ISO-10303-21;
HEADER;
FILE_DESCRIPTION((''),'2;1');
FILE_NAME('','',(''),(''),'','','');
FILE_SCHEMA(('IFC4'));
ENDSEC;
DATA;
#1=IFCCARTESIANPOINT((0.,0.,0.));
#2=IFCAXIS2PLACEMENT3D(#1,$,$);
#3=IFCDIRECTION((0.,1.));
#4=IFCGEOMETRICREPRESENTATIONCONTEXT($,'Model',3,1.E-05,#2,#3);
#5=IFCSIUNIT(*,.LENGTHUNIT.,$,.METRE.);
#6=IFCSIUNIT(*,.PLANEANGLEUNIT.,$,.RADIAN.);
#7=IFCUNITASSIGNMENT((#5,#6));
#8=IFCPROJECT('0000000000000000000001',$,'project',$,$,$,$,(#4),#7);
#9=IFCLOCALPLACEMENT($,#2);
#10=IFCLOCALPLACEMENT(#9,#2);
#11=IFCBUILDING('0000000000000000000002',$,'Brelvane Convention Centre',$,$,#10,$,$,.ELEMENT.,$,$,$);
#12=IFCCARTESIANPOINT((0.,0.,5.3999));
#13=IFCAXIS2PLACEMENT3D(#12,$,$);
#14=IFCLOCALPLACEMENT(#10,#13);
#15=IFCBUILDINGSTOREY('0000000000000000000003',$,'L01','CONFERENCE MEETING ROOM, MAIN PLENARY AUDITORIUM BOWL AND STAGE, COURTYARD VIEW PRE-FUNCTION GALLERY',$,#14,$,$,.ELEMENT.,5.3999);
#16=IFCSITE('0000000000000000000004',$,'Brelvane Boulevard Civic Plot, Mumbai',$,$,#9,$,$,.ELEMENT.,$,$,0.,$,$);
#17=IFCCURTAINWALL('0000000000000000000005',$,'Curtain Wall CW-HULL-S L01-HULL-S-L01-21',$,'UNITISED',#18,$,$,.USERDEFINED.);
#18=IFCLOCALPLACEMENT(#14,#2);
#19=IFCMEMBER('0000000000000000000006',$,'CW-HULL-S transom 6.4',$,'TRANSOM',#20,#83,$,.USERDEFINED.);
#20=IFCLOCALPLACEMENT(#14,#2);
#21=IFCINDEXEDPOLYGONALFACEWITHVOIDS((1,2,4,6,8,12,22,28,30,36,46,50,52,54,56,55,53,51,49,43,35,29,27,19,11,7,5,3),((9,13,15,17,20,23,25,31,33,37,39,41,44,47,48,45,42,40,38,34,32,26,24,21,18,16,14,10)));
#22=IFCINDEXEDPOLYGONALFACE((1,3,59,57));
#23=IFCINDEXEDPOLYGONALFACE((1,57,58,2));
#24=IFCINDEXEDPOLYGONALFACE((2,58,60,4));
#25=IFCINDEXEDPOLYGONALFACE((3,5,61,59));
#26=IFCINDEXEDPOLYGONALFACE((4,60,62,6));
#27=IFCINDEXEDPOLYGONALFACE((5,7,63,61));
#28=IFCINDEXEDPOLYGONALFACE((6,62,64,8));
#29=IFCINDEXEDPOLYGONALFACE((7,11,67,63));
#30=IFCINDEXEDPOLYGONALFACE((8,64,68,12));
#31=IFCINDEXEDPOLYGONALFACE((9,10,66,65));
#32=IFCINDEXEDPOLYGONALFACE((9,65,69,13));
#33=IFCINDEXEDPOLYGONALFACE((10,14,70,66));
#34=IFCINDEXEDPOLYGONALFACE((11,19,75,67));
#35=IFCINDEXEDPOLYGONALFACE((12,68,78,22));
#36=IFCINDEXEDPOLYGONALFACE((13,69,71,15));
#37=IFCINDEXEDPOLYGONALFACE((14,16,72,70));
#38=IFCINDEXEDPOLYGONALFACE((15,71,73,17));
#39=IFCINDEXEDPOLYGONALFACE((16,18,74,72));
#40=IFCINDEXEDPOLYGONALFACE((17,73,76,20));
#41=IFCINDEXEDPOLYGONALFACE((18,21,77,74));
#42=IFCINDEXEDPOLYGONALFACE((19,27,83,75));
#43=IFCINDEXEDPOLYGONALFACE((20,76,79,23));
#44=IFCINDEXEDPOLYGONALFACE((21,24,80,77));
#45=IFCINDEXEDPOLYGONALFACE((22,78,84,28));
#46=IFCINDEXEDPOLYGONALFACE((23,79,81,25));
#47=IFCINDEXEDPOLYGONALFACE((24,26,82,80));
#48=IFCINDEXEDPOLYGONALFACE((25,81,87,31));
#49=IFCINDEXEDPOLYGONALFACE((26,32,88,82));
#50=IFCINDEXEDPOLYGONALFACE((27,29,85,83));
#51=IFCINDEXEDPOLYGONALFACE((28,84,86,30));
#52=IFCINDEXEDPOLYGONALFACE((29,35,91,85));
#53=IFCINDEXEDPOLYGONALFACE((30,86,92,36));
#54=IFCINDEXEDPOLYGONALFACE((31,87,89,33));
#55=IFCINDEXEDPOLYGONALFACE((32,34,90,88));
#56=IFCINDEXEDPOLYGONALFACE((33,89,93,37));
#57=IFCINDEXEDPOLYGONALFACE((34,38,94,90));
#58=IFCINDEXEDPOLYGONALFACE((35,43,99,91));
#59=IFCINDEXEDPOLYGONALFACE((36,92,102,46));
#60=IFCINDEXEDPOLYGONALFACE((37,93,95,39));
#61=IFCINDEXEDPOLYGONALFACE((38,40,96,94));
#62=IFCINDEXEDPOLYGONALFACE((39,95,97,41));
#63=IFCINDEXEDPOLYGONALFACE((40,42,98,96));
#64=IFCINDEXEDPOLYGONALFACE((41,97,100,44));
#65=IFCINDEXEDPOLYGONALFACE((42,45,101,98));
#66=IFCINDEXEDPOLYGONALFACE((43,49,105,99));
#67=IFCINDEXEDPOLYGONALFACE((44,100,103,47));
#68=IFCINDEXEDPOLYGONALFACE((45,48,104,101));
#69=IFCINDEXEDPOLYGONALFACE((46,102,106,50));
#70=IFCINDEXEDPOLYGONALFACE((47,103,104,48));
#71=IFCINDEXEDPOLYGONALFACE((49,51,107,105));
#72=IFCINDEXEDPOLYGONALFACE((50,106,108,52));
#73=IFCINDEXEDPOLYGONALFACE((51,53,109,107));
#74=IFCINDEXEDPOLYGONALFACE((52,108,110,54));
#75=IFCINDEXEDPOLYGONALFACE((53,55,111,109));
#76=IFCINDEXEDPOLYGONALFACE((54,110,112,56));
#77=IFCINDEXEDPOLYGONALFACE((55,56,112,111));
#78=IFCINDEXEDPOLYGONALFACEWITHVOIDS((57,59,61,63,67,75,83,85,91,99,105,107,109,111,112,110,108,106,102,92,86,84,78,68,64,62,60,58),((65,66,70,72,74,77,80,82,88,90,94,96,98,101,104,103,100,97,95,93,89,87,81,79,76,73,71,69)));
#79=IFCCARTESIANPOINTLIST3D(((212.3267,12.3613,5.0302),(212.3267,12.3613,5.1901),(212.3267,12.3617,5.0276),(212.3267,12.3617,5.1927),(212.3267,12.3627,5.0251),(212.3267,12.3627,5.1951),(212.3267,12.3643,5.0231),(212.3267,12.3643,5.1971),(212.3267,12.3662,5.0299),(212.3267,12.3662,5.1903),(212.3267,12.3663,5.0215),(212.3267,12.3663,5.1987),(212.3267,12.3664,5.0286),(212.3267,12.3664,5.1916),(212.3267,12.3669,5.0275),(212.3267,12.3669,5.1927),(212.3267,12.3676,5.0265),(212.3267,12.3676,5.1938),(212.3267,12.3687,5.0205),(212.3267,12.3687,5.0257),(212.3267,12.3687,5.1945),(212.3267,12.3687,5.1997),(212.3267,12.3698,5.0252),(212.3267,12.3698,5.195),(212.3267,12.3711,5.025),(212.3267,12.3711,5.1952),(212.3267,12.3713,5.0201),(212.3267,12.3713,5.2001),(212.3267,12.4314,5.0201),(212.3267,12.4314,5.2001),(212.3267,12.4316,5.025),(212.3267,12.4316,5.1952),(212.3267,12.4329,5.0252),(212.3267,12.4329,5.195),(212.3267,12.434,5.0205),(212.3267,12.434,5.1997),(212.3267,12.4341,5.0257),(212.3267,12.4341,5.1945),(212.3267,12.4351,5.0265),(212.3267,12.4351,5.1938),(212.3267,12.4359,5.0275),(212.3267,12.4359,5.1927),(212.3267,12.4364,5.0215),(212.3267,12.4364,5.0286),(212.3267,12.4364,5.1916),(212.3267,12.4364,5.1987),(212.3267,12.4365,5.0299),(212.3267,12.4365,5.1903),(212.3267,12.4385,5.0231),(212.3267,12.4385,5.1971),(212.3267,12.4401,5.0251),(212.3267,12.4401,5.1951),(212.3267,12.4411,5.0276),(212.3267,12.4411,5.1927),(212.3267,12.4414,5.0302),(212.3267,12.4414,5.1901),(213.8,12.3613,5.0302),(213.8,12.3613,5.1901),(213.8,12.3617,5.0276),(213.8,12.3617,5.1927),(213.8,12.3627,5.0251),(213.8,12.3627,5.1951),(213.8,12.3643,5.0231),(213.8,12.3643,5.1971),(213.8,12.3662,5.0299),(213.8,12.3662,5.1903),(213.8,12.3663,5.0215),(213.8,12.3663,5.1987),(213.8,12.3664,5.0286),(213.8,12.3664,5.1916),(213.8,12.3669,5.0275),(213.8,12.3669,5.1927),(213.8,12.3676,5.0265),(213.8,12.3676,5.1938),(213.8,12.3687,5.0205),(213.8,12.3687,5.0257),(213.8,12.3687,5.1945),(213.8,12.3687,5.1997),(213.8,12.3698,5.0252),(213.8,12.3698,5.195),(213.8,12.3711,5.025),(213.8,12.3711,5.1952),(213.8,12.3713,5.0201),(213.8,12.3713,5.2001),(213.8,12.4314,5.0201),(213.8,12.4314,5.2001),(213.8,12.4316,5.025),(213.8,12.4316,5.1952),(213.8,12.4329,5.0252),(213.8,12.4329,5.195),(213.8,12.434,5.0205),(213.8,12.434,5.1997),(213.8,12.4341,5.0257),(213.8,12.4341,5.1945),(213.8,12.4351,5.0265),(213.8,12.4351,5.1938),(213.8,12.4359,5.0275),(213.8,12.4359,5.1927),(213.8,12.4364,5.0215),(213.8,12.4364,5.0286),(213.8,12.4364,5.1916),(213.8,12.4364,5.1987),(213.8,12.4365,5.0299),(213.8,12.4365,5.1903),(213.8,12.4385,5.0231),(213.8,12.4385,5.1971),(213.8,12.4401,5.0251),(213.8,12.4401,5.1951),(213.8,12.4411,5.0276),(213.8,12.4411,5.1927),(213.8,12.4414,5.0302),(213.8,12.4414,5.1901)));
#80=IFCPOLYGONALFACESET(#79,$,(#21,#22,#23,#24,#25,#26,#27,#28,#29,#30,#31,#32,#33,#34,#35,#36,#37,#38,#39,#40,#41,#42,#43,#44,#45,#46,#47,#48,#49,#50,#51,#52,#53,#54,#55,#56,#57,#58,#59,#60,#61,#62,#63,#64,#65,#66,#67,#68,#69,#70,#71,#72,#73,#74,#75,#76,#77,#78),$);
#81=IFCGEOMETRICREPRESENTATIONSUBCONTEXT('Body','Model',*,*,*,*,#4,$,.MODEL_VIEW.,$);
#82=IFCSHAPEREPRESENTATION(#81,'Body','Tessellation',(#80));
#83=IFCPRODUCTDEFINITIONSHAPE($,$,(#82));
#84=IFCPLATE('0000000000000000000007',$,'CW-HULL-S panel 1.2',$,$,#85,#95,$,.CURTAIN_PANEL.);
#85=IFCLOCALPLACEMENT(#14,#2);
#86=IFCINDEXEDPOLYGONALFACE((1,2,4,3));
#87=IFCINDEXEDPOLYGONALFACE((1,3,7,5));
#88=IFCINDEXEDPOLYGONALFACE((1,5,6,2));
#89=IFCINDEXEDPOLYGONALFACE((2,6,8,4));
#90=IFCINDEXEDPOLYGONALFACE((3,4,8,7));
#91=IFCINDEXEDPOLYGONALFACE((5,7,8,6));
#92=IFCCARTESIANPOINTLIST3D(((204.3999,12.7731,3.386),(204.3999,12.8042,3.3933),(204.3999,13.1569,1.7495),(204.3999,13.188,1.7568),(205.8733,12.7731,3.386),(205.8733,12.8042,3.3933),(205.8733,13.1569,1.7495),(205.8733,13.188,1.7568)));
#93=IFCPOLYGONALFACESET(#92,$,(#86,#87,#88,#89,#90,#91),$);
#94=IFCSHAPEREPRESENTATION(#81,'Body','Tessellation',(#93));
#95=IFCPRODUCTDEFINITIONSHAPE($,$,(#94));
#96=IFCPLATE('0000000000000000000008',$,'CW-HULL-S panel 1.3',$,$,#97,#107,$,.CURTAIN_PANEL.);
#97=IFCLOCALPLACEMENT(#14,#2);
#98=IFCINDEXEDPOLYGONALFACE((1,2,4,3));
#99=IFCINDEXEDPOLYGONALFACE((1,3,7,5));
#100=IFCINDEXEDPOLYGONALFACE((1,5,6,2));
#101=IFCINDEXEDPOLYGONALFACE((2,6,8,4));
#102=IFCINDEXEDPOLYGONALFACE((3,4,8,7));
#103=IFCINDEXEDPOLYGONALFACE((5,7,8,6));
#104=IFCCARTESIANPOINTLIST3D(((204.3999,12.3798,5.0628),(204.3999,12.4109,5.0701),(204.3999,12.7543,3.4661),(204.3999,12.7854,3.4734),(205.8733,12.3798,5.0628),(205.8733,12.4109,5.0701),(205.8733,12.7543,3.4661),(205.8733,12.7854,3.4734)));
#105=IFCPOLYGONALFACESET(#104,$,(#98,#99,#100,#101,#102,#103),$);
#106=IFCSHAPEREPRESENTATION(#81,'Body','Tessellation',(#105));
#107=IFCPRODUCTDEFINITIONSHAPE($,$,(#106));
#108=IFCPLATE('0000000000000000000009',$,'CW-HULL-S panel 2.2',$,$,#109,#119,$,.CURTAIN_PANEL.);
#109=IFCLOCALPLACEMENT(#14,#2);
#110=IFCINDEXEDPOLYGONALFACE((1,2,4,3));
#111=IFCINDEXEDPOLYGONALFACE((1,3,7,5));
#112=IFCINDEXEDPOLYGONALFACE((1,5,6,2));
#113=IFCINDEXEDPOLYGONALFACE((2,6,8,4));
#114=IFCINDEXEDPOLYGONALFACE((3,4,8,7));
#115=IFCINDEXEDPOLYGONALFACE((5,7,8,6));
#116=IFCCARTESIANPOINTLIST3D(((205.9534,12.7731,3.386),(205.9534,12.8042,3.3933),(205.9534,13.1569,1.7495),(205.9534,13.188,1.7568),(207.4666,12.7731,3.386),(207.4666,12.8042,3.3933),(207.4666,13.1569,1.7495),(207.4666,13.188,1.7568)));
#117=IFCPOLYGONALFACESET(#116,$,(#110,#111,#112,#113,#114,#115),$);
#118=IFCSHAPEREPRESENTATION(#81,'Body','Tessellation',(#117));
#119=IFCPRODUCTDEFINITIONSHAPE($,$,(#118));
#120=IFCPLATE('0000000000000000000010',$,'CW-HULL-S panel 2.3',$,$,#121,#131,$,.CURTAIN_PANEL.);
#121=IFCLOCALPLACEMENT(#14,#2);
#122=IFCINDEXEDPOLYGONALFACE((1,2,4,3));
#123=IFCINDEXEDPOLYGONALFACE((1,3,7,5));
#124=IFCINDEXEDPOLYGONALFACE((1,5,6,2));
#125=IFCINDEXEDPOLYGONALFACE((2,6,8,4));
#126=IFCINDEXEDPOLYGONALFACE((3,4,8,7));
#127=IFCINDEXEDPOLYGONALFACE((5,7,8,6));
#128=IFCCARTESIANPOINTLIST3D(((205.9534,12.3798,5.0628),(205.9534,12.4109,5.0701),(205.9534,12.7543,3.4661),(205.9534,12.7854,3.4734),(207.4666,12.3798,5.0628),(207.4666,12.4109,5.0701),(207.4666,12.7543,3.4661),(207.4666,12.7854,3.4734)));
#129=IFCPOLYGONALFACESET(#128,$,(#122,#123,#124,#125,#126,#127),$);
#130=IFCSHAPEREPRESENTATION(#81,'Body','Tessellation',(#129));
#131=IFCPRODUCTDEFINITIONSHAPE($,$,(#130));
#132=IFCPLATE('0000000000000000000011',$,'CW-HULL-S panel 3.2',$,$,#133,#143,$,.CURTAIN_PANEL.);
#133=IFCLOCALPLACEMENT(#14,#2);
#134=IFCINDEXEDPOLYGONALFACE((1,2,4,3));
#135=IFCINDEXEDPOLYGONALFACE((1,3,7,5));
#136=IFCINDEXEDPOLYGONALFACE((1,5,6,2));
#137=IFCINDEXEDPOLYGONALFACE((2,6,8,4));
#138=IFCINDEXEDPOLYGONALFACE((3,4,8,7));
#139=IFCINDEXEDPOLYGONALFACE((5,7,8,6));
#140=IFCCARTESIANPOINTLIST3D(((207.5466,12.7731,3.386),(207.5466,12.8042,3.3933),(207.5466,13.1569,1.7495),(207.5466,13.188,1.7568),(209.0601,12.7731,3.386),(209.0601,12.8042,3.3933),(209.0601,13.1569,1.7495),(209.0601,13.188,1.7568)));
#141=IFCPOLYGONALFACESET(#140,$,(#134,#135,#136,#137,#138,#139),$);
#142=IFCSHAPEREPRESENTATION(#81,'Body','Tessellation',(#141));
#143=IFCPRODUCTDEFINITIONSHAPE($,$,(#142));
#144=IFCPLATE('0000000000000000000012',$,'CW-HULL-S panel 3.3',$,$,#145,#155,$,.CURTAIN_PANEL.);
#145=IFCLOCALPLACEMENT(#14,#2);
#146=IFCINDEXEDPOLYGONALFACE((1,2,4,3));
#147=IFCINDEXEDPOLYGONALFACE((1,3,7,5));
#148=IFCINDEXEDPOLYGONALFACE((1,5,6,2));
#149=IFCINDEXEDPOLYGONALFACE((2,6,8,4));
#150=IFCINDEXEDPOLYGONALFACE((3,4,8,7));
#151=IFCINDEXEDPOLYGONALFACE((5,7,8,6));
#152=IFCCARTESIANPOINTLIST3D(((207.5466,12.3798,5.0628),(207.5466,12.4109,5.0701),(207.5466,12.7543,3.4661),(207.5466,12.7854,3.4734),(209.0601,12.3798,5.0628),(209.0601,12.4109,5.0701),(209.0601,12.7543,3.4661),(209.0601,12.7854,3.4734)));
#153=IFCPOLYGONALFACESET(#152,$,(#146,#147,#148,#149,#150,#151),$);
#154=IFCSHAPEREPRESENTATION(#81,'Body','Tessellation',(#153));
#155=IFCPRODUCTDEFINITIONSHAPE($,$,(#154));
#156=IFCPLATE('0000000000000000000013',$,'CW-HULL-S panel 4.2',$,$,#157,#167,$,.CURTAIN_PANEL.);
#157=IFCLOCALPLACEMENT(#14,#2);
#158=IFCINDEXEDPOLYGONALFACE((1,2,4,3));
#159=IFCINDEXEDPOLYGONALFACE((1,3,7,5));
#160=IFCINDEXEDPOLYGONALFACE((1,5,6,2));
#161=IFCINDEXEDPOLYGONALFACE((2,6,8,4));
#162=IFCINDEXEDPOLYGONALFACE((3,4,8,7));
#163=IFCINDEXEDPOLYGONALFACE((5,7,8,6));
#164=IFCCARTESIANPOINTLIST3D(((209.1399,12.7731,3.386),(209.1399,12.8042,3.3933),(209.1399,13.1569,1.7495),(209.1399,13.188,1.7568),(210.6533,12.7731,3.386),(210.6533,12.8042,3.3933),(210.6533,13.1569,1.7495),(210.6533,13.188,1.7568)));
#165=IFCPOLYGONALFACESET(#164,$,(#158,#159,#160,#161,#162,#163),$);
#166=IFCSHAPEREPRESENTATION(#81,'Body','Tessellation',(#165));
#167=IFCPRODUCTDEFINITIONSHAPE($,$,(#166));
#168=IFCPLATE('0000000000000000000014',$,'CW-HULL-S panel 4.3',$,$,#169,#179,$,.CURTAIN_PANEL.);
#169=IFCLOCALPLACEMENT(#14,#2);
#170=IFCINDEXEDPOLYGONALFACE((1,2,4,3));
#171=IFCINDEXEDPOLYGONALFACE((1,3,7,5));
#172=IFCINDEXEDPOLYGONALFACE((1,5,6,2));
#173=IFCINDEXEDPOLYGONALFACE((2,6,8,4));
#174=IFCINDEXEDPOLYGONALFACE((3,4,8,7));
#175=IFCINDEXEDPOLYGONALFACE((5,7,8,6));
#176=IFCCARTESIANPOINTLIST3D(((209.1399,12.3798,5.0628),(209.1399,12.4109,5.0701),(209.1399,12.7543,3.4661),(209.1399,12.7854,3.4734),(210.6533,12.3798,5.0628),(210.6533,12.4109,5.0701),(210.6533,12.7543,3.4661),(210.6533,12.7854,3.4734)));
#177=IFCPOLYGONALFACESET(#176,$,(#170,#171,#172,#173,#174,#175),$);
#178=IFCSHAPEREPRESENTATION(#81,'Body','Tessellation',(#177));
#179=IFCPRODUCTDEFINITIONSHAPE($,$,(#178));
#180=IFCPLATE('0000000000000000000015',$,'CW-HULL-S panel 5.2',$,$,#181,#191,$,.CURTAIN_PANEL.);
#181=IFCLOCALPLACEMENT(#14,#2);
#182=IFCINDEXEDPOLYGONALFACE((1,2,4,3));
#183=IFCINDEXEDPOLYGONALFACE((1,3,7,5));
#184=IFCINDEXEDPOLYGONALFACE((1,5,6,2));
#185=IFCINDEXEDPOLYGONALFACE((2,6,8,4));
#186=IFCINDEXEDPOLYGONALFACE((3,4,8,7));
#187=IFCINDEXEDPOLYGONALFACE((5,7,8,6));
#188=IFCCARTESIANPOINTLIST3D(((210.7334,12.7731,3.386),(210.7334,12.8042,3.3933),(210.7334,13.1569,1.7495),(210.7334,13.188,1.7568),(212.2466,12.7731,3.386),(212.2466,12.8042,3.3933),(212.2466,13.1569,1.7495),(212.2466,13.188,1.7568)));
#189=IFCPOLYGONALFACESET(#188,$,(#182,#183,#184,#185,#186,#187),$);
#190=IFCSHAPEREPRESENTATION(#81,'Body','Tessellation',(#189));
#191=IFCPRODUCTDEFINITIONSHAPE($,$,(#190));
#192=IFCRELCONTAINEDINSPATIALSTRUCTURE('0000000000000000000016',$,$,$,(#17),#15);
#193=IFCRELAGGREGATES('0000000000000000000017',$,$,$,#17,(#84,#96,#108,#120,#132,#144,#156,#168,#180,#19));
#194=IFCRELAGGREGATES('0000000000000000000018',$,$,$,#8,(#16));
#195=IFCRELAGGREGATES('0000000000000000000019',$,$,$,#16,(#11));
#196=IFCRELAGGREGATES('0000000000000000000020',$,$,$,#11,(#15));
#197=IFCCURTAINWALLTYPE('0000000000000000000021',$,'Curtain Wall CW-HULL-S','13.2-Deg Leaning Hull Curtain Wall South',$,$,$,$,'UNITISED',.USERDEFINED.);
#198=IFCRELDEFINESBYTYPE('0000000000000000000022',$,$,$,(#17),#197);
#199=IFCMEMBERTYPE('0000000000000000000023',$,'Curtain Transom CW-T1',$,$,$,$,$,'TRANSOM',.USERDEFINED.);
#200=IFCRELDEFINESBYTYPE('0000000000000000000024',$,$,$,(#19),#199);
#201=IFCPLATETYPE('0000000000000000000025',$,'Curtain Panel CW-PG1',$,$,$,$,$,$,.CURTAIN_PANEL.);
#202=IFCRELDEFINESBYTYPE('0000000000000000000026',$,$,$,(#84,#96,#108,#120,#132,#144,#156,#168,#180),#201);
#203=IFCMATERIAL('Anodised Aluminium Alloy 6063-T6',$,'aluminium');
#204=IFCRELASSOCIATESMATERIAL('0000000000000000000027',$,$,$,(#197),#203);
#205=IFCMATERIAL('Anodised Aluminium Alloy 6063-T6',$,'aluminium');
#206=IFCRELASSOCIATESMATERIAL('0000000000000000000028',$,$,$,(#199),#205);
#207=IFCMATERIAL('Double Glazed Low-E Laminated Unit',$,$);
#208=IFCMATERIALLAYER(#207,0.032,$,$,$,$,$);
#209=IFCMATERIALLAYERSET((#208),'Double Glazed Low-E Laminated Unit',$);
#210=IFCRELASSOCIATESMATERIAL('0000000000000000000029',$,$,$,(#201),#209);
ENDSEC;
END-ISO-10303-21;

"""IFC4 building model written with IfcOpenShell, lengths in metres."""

from ifc_helpers import new_model, si_unit, direction, frame, origin, origin_2d, place, context, subcontext, project, spatial, polyline, hollow_rectangle, outline, extrude, material, layer, layer_set, material_profile, profile_set, type_object, element, aggregate, save


model = new_model("IFC4")

# Units and contexts
model_context = context("Model", 3, precision=1e-05, world=origin(), true_north=direction((0.0, 1.0)))
body_context = subcontext(model_context, "Body", "Model", "MODEL_VIEW")
ifc_project = project(units=[si_unit("LENGTHUNIT", "METRE"), si_unit("PLANEANGLEUNIT", "RADIAN")], contexts=[model_context])

# Site, building, storey
site_placement = place(None, origin())
site = spatial("IfcSite", under=ifc_project, at=site_placement, Name="Brelvane Boulevard Civic Plot, Mumbai", CompositionType="ELEMENT", RefElevation=0.0)
building_placement = place(site_placement, origin())
building = spatial("IfcBuilding", under=site, at=building_placement, Name="Brelvane Convention Centre", CompositionType="ELEMENT")
storey_placement = place(building_placement, frame((0.0, 0.0, 5.3999)))
storey = spatial("IfcBuildingStorey", under=building, at=storey_placement, Name="L01", Description="CONFERENCE MEETING ROOM, MAIN PLENARY AUDITORIUM BOWL AND STAGE, COURTYARD VIEW PRE-FUNCTION GALLERY", CompositionType="ELEMENT", Elevation=5.3999)

# Curtain wall, member, plates
ifc_material_1 = material(Name="Anodised Aluminium Alloy 6063-T6", Category="aluminium")
curtain_wall_type = type_object("IfcCurtainWallType", Name="Curtain Wall CW-HULL-S", Description="13.2-Deg Leaning Hull Curtain Wall South", ElementType="UNITISED", PredefinedType="USERDEFINED", material=ifc_material_1)
curtain_wall_placement = place(storey_placement, origin())
curtain_wall = element("IfcCurtainWall", 1, at=curtain_wall_placement, inside=storey, type_object=curtain_wall_type, Name="Curtain Wall CW-HULL-S L01-HULL-S-L01-21", ObjectType="UNITISED", PredefinedType="USERDEFINED")
ifc_material_2 = material(Name="Anodised Aluminium Alloy 6063-T6", Category="aluminium")
ifc_material_profile = material_profile(ifc_material_2, hollow_rectangle(XDim=0.0801, YDim=0.1799, WallThickness=0.0049, InnerFilletRadius=0.0049, OuterFilletRadius=0.01, at=origin_2d()), Name="ALU-T 180x80x5.0")
ifc_profile_set = profile_set([ifc_material_profile], Name="Anodised Aluminium Alloy 6063-T6")
member_type = type_object("IfcMemberType", Name="Curtain Transom CW-T1", ElementType="TRANSOM", PredefinedType="USERDEFINED", material=ifc_profile_set)
member_1_placement = place(storey_placement, frame((212.3267, 12.4014, 5.1101), z_axis=(1.0, 0.0, 0.0), x_axis=(0.0, 1.0, 0.0)))
member_1 = element("IfcMember", 2, at=member_1_placement, type_object=member_type, Name="CW-HULL-S transom 6.4", ObjectType="TRANSOM", PredefinedType="USERDEFINED", context=body_context, shape_type="SweptSolid", body=[
    extrude(hollow_rectangle(XDim=0.0801, YDim=0.1799, WallThickness=0.0049, InnerFilletRadius=0.0049, OuterFilletRadius=0.01, at=origin_2d()), origin(), (0.0, 0.0, 1.0), 1.4734),
])
ifc_material_3 = material(Name="Double Glazed Low-E Laminated Unit")
ifc_layer_1 = layer(ifc_material_3, 0.032)
ifc_layer_set_1 = layer_set([ifc_layer_1], Name="Double Glazed Low-E Laminated Unit")
plate_type_1 = type_object("IfcPlateType", Name="Curtain Panel CW-PG1", PredefinedType="CURTAIN_PANEL", material=ifc_layer_set_1)
plate_1_placement = place(storey_placement, frame((204.3999, 13.188, 1.7568), z_axis=(0.0, 0.973585, 0.228327), x_axis=(1.0, 0.0, 0.0)))
plate_1 = element("IfcPlate", 3, at=plate_1_placement, type_object=plate_type_1, Name="CW-HULL-S panel 1.2", PredefinedType="CURTAIN_PANEL", context=body_context, shape_type="SweptSolid", body=[
    extrude(outline(polyline([(0.0, 0.0), (1.4734, 0.0), (1.4734, -1.6809), (0.0, -1.6809), (0.0, 0.0)])), origin(), (0.0, 0.0, -1.0), 0.032),
])
plate_2_placement = place(storey_placement, frame((204.3999, 12.7854, 3.4734), z_axis=(0.0, 0.973577, 0.228359), x_axis=(1.0, 0.0, 0.0)))
plate_2 = element("IfcPlate", 4, at=plate_2_placement, type_object=plate_type_1, Name="CW-HULL-S panel 1.3", PredefinedType="CURTAIN_PANEL", context=body_context, shape_type="SweptSolid", body=[
    extrude(outline(polyline([(0.0, 0.0), (1.4734, 0.0), (1.4734, -1.64), (0.0, -1.64), (0.0, 0.0)])), origin(), (0.0, 0.0, -1.0), 0.032),
])
plate_3_placement = place(storey_placement, frame((205.9534, 13.188, 1.7568), z_axis=(0.0, 0.973585, 0.228327), x_axis=(1.0, 0.0, 0.0)))
plate_3 = element("IfcPlate", 5, at=plate_3_placement, type_object=plate_type_1, Name="CW-HULL-S panel 2.2", PredefinedType="CURTAIN_PANEL", context=body_context, shape_type="SweptSolid", body=[
    extrude(outline(polyline([(0.0, 0.0), (1.5132, 0.0), (1.5132, -1.6809), (0.0, -1.6809), (0.0, 0.0)])), origin(), (0.0, 0.0, -1.0), 0.032),
])
plate_4_placement = place(storey_placement, frame((205.9534, 12.7854, 3.4734), z_axis=(0.0, 0.973577, 0.228359), x_axis=(1.0, 0.0, 0.0)))
plate_4 = element("IfcPlate", 6, at=plate_4_placement, type_object=plate_type_1, Name="CW-HULL-S panel 2.3", PredefinedType="CURTAIN_PANEL", context=body_context, shape_type="SweptSolid", body=[
    extrude(outline(polyline([(0.0, 0.0), (1.5132, 0.0), (1.5132, -1.64), (0.0, -1.64), (0.0, 0.0)])), origin(), (0.0, 0.0, -1.0), 0.032),
])
plate_5_placement = place(storey_placement, frame((207.5466, 13.188, 1.7568), z_axis=(0.0, 0.973585, 0.228327), x_axis=(1.0, 0.0, 0.0)))
plate_5 = element("IfcPlate", 7, at=plate_5_placement, type_object=plate_type_1, Name="CW-HULL-S panel 3.2", PredefinedType="CURTAIN_PANEL", context=body_context, shape_type="SweptSolid", body=[
    extrude(outline(polyline([(0.0, 0.0), (1.5134, 0.0), (1.5134, -1.6809), (0.0, -1.6809), (0.0, 0.0)])), origin(), (0.0, 0.0, -1.0), 0.032),
])
plate_6_placement = place(storey_placement, frame((207.5466, 12.7854, 3.4734), z_axis=(0.0, 0.973577, 0.228359), x_axis=(1.0, 0.0, 0.0)))
plate_6 = element("IfcPlate", 8, at=plate_6_placement, type_object=plate_type_1, Name="CW-HULL-S panel 3.3", PredefinedType="CURTAIN_PANEL", context=body_context, shape_type="SweptSolid", body=[
    extrude(outline(polyline([(0.0, 0.0), (1.5134, 0.0), (1.5134, -1.64), (0.0, -1.64), (0.0, 0.0)])), origin(), (0.0, 0.0, -1.0), 0.032),
])
plate_7_placement = place(storey_placement, frame((209.1399, 13.188, 1.7568), z_axis=(0.0, 0.973585, 0.228327), x_axis=(1.0, 0.0, 0.0)))
plate_7 = element("IfcPlate", 9, at=plate_7_placement, type_object=plate_type_1, Name="CW-HULL-S panel 4.2", PredefinedType="CURTAIN_PANEL", context=body_context, shape_type="SweptSolid", body=[
    extrude(outline(polyline([(0.0, 0.0), (1.5134, 0.0), (1.5134, -1.6809), (0.0, -1.6809), (0.0, 0.0)])), origin(), (0.0, 0.0, -1.0), 0.032),
])
plate_8_placement = place(storey_placement, frame((209.1399, 12.7854, 3.4734), z_axis=(0.0, 0.973577, 0.228359), x_axis=(1.0, 0.0, 0.0)))
plate_8 = element("IfcPlate", 10, at=plate_8_placement, type_object=plate_type_1, Name="CW-HULL-S panel 4.3", PredefinedType="CURTAIN_PANEL", context=body_context, shape_type="SweptSolid", body=[
    extrude(outline(polyline([(0.0, 0.0), (1.5134, 0.0), (1.5134, -1.64), (0.0, -1.64), (0.0, 0.0)])), origin(), (0.0, 0.0, -1.0), 0.032),
])
plate_9_placement = place(storey_placement, frame((210.7334, 13.188, 1.7568), z_axis=(0.0, 0.973585, 0.228327), x_axis=(1.0, 0.0, 0.0)))
plate_9 = element("IfcPlate", 11, at=plate_9_placement, type_object=plate_type_1, Name="CW-HULL-S panel 5.2", PredefinedType="CURTAIN_PANEL", context=body_context, shape_type="SweptSolid", body=[
    extrude(outline(polyline([(0.0, 0.0), (1.5132, 0.0), (1.5132, -1.6809), (0.0, -1.6809), (0.0, 0.0)])), origin(), (0.0, 0.0, -1.0), 0.032),
])
aggregate(curtain_wall, [plate_1, plate_2, plate_3, plate_4, plate_5, plate_6, plate_7, plate_8, plate_9, member_1])

save(model, "model.ifc")
